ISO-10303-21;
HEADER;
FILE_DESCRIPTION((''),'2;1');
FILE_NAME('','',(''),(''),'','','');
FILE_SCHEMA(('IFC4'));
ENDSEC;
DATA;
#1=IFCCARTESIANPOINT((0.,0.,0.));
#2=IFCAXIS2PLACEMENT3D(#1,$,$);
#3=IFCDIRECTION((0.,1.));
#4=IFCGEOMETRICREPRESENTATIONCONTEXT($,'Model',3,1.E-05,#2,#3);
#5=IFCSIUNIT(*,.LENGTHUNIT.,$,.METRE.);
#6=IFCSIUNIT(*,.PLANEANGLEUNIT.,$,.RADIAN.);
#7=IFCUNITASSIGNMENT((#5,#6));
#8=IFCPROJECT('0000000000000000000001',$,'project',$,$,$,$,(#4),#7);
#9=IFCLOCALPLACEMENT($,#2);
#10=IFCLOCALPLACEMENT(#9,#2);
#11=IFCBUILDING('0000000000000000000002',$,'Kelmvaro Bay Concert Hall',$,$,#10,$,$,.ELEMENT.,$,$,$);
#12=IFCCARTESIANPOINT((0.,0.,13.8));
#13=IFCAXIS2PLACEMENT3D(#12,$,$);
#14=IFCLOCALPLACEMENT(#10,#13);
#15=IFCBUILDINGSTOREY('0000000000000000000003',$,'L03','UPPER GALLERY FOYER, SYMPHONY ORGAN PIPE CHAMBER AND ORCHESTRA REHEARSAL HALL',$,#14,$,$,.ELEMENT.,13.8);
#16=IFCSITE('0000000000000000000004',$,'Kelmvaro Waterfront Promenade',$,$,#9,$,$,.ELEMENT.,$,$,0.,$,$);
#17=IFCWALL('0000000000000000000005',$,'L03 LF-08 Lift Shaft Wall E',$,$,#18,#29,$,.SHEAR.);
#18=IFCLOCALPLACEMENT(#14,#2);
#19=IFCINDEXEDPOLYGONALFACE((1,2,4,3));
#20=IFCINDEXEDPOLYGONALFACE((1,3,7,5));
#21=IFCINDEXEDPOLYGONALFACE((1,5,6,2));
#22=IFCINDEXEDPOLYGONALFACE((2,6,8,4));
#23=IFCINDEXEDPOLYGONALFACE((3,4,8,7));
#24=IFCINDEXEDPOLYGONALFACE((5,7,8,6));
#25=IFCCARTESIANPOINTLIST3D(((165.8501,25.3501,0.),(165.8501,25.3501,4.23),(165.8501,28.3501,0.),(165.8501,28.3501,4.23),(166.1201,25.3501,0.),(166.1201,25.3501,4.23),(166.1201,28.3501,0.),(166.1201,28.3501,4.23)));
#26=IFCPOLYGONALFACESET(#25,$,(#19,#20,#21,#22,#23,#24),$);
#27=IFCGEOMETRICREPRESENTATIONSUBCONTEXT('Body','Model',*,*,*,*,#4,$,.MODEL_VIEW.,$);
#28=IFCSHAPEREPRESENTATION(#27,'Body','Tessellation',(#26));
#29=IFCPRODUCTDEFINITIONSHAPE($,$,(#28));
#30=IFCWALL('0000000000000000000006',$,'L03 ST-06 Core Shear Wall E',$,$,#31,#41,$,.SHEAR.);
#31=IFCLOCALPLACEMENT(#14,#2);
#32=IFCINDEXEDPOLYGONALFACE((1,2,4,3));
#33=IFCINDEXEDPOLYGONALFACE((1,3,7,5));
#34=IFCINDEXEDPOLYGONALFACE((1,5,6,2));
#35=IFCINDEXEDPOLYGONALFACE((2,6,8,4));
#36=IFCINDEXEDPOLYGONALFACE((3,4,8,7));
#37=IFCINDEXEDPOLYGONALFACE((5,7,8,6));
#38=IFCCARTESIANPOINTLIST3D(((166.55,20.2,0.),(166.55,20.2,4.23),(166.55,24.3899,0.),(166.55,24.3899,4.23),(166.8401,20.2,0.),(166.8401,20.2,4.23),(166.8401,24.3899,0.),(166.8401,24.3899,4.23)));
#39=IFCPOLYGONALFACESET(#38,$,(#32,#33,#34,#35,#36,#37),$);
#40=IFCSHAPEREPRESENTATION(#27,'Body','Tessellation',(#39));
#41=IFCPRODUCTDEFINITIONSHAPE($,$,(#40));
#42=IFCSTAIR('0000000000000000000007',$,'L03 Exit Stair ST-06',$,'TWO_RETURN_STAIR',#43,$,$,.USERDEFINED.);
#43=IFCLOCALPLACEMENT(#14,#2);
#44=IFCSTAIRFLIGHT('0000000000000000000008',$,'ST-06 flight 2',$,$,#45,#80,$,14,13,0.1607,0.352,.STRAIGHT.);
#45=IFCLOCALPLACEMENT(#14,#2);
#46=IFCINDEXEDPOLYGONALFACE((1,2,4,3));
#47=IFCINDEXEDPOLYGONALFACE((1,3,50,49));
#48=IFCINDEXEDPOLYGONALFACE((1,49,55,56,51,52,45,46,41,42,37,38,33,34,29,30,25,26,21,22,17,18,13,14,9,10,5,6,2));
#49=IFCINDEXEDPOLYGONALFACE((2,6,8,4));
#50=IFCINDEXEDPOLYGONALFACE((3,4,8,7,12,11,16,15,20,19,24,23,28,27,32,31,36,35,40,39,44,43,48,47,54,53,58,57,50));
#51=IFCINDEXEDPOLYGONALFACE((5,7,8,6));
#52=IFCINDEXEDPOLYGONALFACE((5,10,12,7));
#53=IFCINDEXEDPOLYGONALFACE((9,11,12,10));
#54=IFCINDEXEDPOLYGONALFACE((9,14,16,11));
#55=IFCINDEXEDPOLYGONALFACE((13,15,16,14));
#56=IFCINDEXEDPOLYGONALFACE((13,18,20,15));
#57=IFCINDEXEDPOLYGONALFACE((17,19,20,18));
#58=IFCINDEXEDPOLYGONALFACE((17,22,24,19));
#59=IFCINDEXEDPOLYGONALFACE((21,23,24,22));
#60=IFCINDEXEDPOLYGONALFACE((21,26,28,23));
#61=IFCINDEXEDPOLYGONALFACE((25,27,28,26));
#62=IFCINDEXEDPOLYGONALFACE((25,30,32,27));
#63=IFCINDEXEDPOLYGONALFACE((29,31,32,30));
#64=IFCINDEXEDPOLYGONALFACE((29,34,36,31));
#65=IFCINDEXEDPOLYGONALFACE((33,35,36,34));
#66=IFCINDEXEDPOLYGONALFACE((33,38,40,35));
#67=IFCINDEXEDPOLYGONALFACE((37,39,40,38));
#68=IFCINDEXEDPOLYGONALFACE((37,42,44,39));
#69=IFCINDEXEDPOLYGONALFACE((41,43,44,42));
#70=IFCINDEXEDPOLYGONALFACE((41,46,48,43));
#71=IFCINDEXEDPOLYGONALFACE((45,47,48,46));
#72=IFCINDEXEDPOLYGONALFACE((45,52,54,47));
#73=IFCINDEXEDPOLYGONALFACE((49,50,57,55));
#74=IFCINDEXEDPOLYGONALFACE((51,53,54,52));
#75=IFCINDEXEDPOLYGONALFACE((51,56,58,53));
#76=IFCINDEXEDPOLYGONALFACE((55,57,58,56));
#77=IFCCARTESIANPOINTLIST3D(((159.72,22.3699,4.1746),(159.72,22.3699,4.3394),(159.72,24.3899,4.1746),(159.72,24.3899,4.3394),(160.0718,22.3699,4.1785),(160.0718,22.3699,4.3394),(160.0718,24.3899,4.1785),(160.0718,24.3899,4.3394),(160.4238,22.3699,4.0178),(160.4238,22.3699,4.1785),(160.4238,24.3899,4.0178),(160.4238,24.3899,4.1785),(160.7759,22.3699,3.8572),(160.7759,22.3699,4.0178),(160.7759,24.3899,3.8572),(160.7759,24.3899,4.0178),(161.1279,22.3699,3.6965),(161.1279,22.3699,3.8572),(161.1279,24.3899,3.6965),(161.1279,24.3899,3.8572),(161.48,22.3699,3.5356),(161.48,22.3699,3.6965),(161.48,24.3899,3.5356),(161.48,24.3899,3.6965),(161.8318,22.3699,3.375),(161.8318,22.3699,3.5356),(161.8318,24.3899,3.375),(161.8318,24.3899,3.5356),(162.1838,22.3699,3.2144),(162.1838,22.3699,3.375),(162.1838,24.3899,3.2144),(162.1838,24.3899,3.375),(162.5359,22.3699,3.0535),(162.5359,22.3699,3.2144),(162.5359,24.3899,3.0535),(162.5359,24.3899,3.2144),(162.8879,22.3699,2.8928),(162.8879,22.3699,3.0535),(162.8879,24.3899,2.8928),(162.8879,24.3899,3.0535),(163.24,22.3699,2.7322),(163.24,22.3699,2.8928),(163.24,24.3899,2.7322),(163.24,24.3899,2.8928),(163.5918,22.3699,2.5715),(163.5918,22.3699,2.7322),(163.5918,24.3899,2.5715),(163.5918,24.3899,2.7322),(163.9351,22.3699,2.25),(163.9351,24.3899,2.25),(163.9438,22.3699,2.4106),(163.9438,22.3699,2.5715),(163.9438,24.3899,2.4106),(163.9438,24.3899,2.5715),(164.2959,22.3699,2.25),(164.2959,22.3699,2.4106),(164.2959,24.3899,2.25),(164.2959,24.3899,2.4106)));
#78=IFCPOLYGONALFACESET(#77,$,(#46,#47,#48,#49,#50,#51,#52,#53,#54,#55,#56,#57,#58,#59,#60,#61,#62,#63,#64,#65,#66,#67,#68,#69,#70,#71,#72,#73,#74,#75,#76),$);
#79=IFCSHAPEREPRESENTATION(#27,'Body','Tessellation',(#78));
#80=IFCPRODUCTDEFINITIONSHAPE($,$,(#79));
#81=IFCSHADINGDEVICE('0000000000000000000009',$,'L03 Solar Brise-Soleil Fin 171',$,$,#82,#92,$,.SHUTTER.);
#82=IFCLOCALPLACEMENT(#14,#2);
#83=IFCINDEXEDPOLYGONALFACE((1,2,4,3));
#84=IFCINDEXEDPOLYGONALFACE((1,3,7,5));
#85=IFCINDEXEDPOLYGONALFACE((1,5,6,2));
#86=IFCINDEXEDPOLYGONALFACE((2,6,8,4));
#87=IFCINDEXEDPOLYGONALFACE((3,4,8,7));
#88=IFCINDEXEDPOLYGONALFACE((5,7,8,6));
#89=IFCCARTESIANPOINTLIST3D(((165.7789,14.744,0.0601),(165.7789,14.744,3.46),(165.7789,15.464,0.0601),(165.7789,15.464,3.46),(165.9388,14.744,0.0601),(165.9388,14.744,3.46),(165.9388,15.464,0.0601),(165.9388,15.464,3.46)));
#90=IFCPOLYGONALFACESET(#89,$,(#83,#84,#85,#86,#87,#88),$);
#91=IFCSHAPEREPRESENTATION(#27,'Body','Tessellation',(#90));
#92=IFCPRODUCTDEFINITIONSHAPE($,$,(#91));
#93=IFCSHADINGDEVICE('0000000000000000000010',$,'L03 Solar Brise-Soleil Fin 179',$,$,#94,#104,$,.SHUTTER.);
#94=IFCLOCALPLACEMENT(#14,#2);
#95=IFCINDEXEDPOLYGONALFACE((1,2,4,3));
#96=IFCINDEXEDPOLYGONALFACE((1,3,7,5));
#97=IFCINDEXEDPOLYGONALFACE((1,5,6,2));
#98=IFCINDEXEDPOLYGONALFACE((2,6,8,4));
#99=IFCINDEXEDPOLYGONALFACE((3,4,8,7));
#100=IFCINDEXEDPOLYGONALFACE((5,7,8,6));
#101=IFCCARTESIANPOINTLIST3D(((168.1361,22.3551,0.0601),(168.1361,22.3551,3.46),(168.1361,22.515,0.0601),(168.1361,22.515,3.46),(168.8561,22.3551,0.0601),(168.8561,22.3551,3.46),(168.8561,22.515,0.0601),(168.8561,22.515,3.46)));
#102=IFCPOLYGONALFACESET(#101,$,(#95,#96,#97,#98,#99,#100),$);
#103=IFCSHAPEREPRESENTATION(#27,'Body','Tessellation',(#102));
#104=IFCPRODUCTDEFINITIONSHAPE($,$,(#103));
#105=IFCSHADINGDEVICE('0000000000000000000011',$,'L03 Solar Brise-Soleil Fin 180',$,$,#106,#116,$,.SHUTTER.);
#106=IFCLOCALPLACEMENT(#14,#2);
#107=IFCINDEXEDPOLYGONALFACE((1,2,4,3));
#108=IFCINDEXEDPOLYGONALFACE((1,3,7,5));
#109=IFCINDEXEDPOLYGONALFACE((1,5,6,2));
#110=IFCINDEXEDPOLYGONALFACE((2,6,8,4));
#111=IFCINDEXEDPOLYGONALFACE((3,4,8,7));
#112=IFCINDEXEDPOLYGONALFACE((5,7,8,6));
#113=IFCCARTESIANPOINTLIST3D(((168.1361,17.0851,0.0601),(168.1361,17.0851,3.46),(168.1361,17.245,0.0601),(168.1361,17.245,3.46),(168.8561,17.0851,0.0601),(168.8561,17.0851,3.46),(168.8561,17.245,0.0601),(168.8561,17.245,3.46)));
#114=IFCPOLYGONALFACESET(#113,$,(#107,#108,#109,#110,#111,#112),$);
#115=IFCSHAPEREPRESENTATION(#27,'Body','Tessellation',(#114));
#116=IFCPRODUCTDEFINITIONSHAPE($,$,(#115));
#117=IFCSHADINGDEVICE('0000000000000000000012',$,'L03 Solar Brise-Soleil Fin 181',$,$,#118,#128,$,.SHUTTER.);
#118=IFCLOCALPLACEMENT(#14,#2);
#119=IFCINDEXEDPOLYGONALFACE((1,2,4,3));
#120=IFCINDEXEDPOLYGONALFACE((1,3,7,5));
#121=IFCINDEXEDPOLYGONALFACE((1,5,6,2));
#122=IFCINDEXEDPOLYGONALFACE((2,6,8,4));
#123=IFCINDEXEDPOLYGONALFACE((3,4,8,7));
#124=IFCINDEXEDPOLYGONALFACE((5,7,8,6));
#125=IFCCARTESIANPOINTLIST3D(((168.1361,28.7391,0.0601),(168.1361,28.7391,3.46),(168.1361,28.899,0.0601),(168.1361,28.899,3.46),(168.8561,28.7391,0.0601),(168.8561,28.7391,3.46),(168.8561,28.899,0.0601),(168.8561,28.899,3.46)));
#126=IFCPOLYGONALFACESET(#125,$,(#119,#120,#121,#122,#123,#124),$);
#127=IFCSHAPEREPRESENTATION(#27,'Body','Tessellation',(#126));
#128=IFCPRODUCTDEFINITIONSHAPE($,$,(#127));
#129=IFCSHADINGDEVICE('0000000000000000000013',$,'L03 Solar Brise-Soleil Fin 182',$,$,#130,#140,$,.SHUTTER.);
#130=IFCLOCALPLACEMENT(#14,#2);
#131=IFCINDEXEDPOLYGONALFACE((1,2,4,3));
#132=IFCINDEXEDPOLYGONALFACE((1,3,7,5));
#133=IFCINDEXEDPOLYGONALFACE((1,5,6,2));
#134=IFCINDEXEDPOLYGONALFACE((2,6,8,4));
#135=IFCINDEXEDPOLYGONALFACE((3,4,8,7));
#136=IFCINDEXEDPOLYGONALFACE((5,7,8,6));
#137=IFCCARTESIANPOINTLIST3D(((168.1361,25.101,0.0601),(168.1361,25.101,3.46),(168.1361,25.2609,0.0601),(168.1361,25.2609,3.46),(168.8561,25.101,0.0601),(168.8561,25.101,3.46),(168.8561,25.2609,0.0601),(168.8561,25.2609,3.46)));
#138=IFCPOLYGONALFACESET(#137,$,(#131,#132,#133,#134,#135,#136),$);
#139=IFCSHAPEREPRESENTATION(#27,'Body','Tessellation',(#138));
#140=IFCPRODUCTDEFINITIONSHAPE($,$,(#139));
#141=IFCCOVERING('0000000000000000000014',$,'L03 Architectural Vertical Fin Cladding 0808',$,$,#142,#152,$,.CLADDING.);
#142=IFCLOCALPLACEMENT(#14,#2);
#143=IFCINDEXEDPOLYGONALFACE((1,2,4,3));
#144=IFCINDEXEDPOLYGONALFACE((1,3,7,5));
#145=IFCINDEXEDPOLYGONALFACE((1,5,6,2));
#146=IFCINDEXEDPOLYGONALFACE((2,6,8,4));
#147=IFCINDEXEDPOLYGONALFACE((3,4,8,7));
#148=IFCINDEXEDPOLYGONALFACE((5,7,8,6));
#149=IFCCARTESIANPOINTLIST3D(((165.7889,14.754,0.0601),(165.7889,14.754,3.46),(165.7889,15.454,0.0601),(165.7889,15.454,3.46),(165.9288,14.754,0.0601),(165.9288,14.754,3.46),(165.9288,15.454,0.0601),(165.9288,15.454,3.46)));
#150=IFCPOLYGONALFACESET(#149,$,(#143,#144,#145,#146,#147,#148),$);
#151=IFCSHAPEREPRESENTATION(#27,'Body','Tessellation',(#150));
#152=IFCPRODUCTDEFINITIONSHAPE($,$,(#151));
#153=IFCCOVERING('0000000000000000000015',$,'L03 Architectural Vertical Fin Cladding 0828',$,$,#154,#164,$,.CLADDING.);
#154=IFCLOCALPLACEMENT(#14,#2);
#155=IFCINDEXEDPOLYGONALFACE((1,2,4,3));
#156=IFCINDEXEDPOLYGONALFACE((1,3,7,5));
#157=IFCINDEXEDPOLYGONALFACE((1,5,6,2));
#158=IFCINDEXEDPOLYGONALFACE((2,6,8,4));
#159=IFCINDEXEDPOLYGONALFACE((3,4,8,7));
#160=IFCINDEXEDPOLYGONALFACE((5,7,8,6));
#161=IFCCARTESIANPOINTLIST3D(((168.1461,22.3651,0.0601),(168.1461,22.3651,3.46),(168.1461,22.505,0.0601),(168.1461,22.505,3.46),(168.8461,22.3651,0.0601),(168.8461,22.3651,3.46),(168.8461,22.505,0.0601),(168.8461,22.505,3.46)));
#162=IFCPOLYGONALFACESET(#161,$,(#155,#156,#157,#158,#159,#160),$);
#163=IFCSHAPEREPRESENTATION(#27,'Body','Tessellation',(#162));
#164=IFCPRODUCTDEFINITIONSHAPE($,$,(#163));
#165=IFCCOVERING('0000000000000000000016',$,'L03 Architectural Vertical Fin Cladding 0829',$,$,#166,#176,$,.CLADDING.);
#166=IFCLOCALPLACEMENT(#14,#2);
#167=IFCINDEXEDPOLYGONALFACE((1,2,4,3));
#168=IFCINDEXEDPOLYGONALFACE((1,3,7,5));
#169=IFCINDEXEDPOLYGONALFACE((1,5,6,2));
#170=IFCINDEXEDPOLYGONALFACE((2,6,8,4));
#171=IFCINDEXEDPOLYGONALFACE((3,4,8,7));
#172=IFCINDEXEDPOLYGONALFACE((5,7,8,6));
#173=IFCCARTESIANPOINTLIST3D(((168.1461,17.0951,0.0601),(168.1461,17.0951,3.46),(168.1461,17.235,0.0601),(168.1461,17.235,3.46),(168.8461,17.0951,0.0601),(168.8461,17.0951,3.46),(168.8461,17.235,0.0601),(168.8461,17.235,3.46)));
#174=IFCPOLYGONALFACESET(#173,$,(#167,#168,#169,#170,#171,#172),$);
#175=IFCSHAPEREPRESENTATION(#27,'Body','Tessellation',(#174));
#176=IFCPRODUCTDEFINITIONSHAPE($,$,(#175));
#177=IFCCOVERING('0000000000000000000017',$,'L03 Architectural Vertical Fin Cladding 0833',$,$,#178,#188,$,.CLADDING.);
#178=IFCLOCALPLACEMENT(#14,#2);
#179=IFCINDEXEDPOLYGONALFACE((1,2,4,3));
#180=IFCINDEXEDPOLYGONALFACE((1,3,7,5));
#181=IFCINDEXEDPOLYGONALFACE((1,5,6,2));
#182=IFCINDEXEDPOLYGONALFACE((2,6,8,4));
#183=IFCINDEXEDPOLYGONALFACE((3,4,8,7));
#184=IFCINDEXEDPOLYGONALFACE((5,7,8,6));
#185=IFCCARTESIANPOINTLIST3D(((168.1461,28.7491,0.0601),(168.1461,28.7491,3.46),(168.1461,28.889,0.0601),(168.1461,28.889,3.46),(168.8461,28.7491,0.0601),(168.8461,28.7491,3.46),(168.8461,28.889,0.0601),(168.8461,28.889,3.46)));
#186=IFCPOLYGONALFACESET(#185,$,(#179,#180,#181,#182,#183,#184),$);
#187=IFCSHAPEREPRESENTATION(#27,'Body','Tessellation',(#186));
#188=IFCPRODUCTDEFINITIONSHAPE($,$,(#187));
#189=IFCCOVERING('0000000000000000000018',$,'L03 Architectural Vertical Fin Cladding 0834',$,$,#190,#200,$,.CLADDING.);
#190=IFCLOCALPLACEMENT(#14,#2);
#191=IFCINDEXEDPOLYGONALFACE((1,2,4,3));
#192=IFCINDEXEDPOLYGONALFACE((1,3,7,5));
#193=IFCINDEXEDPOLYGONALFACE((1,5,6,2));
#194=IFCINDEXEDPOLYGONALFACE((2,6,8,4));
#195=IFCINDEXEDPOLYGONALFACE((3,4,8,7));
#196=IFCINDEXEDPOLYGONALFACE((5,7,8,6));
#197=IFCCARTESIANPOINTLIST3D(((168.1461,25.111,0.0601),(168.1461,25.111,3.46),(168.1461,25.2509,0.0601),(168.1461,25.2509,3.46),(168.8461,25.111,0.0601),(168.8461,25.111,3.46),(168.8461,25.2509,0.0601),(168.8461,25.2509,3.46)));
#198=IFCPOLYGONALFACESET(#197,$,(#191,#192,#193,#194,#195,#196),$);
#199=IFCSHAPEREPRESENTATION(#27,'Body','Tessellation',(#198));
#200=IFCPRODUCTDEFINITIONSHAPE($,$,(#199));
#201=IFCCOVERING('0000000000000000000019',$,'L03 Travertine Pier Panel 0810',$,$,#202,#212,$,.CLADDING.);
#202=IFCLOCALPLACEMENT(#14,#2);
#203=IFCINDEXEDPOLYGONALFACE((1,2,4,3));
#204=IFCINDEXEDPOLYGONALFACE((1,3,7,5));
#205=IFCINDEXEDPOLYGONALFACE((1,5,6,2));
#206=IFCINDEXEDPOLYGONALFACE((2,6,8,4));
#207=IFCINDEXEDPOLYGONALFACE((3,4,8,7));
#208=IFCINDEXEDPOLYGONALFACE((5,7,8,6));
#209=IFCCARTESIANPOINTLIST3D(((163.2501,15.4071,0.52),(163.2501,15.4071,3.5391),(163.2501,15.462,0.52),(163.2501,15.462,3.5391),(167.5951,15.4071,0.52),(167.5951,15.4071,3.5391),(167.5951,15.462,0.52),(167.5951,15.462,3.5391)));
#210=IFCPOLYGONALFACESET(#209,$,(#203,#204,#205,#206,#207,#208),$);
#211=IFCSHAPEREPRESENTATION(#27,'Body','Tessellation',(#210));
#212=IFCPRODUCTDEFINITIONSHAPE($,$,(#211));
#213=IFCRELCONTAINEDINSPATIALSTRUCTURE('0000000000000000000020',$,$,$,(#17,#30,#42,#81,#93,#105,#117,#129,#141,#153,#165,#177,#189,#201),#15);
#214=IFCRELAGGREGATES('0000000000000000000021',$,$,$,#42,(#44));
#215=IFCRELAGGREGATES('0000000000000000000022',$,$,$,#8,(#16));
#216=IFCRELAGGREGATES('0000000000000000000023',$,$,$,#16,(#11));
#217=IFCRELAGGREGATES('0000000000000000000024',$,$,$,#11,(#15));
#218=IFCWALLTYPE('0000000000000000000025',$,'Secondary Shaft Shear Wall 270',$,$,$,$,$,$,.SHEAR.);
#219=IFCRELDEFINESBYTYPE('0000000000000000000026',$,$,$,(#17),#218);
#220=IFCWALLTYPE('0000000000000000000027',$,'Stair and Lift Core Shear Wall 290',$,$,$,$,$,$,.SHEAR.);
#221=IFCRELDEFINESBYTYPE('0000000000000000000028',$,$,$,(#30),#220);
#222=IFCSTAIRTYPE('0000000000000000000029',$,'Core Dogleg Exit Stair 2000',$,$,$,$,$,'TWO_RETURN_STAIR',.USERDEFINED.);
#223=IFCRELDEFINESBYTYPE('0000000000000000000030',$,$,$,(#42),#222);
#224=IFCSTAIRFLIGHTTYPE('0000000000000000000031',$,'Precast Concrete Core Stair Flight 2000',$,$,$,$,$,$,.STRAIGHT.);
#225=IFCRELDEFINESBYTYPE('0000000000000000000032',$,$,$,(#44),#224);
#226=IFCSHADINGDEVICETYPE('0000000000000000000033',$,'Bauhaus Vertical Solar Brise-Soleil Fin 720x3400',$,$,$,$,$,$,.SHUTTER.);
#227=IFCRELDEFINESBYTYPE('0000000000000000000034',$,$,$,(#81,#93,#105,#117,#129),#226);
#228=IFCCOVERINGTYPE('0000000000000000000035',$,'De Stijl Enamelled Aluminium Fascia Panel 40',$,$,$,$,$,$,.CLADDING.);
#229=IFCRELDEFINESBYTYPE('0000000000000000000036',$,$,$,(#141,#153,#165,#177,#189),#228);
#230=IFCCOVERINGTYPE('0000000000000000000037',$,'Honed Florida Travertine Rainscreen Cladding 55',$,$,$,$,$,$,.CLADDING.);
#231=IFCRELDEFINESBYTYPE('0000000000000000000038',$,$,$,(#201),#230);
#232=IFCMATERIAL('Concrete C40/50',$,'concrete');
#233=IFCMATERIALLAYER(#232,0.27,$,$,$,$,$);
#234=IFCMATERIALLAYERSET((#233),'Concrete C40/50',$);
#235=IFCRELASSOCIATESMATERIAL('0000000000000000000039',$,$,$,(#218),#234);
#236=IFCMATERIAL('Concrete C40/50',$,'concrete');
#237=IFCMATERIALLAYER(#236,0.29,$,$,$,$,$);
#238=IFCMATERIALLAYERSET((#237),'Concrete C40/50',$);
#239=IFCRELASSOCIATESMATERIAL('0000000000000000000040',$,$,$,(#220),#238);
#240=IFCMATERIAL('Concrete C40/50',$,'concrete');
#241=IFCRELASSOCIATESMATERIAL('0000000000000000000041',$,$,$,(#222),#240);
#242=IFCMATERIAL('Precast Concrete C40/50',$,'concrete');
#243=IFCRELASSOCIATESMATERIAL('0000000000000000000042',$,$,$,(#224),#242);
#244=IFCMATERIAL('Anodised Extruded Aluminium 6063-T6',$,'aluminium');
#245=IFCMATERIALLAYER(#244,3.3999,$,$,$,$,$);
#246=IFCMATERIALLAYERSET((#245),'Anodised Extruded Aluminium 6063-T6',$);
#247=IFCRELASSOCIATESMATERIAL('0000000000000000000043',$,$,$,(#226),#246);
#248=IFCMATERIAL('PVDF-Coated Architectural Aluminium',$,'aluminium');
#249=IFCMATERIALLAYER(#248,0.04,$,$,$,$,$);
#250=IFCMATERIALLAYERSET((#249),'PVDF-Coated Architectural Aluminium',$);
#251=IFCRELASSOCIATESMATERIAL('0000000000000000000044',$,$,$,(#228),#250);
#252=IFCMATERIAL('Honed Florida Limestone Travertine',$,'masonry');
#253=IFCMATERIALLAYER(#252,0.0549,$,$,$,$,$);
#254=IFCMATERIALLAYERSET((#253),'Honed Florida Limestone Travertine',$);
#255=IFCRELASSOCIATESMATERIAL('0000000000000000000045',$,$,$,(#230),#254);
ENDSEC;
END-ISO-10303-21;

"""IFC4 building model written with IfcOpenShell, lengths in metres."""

from ifc_helpers import new_model, si_unit, direction, frame, frame_2d, origin, origin_2d, place, context, subcontext, project, spatial, polyline, rectangle, outline, extrude, material, layer, layer_set, type_object, element, aggregate, save


model = new_model("IFC4")

# Units and contexts
model_context = context("Model", 3, precision=1e-05, world=origin(), true_north=direction((0.0, 1.0)))
body_context = subcontext(model_context, "Body", "Model", "MODEL_VIEW")
ifc_project = project(units=[si_unit("LENGTHUNIT", "METRE"), si_unit("PLANEANGLEUNIT", "RADIAN")], contexts=[model_context])

# Site, building, storey
site_placement = place(None, origin())
site = spatial("IfcSite", under=ifc_project, at=site_placement, Name="Kelmvaro Waterfront Promenade", CompositionType="ELEMENT", RefElevation=0.0)
building_placement = place(site_placement, origin())
building = spatial("IfcBuilding", under=site, at=building_placement, Name="Kelmvaro Bay Concert Hall", CompositionType="ELEMENT")
storey_placement = place(building_placement, frame((0.0, 0.0, 13.8)))
storey = spatial("IfcBuildingStorey", under=building, at=storey_placement, Name="L03", Description="UPPER GALLERY FOYER, SYMPHONY ORGAN PIPE CHAMBER AND ORCHESTRA REHEARSAL HALL", CompositionType="ELEMENT", Elevation=13.8)

# Walls
ifc_material_1 = material(Name="Concrete C40/50", Category="concrete")
ifc_layer_1 = layer(ifc_material_1, 0.27)
ifc_layer_set_1 = layer_set([ifc_layer_1], Name="Concrete C40/50")
wall_type_1 = type_object("IfcWallType", Name="Secondary Shaft Shear Wall 270", PredefinedType="SHEAR", material=ifc_layer_set_1)
wall_1_placement = place(storey_placement, frame((165.9851, 25.3501, 0.0), z_axis=(0.0, 0.0, 1.0), x_axis=(0.0, 1.0, 0.0)))
element("IfcWall", 1, at=wall_1_placement, inside=storey, type_object=wall_type_1, Name="L03 LF-08 Lift Shaft Wall E", PredefinedType="SHEAR", context=body_context, shape_type="SweptSolid", body=[
    extrude(rectangle(XDim=3.0, YDim=0.27, at=frame_2d((1.5, 0.0))), origin(), (0.0, 0.0, 1.0), 4.23),
])
ifc_material_2 = material(Name="Concrete C40/50", Category="concrete")
ifc_layer_2 = layer(ifc_material_2, 0.29)
ifc_layer_set_2 = layer_set([ifc_layer_2], Name="Concrete C40/50")
wall_type_2 = type_object("IfcWallType", Name="Stair and Lift Core Shear Wall 290", PredefinedType="SHEAR", material=ifc_layer_set_2)
wall_2_placement = place(storey_placement, frame((166.6951, 20.2, 0.0), z_axis=(0.0, 0.0, 1.0), x_axis=(0.0, 1.0, 0.0)))
element("IfcWall", 2, at=wall_2_placement, inside=storey, type_object=wall_type_2, Name="L03 ST-06 Core Shear Wall E", PredefinedType="SHEAR", context=body_context, shape_type="SweptSolid", body=[
    extrude(rectangle(XDim=4.1899, YDim=0.29, at=frame_2d((2.095, 0.0))), origin(), (0.0, 0.0, 1.0), 4.23),
])

# Stair, stair flight
ifc_material_3 = material(Name="Concrete C40/50", Category="concrete")
stair_type = type_object("IfcStairType", Name="Core Dogleg Exit Stair 2000", ElementType="TWO_RETURN_STAIR", PredefinedType="USERDEFINED", material=ifc_material_3)
stair_placement = place(storey_placement, origin())
stair = element("IfcStair", 3, at=stair_placement, inside=storey, type_object=stair_type, Name="L03 Exit Stair ST-06", ObjectType="TWO_RETURN_STAIR", PredefinedType="USERDEFINED")
ifc_material_4 = material(Name="Precast Concrete C40/50", Category="concrete")
stair_flight_type = type_object("IfcStairFlightType", Name="Precast Concrete Core Stair Flight 2000", PredefinedType="STRAIGHT", material=ifc_material_4)
stair_flight_placement = place(storey_placement, frame((164.2959, 23.3799, 2.25), z_axis=(0.0, 0.0, 1.0), x_axis=(-1.0, 0.0, 0.0)))
stair_flight = element("IfcStairFlight", 4, at=stair_flight_placement, type_object=stair_flight_type, Name="ST-06 flight 2", NumberOfRisers=14, NumberOfTreads=13, PredefinedType="STRAIGHT", RiserHeight=0.1607, TreadLength=0.352, context=body_context, shape_type="SweptSolid", body=[
    extrude(outline(polyline([(0.0, 0.0), (0.0, 0.1606), (0.3521, 0.1606), (0.3521, 0.3215), (0.7041, 0.3215), (0.7041, 0.4822), (1.0559, 0.4822), (1.0559, 0.6428), (1.408, 0.6428), (1.408, 0.8035), (1.76, 0.8035), (1.76, 0.9644), (2.1121, 0.9644), (2.1121, 1.125), (2.4641, 1.125), (2.4641, 1.2856), (2.8159, 1.2856), (2.8159, 1.4465), (3.168, 1.4465), (3.168, 1.6072), (3.52, 1.6072), (3.52, 1.7678), (3.8721, 1.7678), (3.8721, 1.9285), (4.2241, 1.9285), (4.2241, 2.0894), (4.5759, 2.0894), (4.5759, 2.25), (4.5759, 1.9246), (0.3608, 0.0), (0.0, 0.0)])), frame((0.0, 1.01, 0.0), z_axis=(0.0, -1.0, 0.0), x_axis=(1.0, 0.0, 0.0)), (0.0, 0.0, 1.0), 2.02),
])
aggregate(stair, [stair_flight])

# Shading devices
ifc_material_5 = material(Name="Anodised Extruded Aluminium 6063-T6", Category="aluminium")
ifc_layer_3 = layer(ifc_material_5, 3.3999)
ifc_layer_set_3 = layer_set([ifc_layer_3], Name="Anodised Extruded Aluminium 6063-T6")
shading_device_type = type_object("IfcShadingDeviceType", Name="Bauhaus Vertical Solar Brise-Soleil Fin 720x3400", PredefinedType="SHUTTER", material=ifc_layer_set_3)
for number, where, z_axis, x_axis, name in (
    (5, (165.8589, 15.104, 0.0601), (0.0, 0.0, 1.0), (-1.0, 0.0, 0.0), "L03 Solar Brise-Soleil Fin 171"),
    (6, (168.4961, 22.4351, 0.0601), (0.0, 0.0, 1.0), (0.0, -1.0, 0.0), "L03 Solar Brise-Soleil Fin 179"),
    (7, (168.4961, 17.165, 0.0601), (0.0, 0.0, 1.0), (0.0, -1.0, 0.0), "L03 Solar Brise-Soleil Fin 180"),
    (8, (168.4961, 28.8191, 0.0601), (0.0, 0.0, 1.0), (0.0, -1.0, 0.0), "L03 Solar Brise-Soleil Fin 181"),
    (9, (168.4961, 25.1809, 0.0601), (0.0, 0.0, 1.0), (0.0, -1.0, 0.0), "L03 Solar Brise-Soleil Fin 182"),
):
    element("IfcShadingDevice", number, at=place(storey_placement, frame(where, z_axis=z_axis, x_axis=x_axis)), inside=storey, type_object=shading_device_type, Name=name, PredefinedType="SHUTTER", context=body_context, shape_type="SweptSolid", body=[
        extrude(rectangle(XDim=0.1599, YDim=0.72, at=origin_2d()), origin(), (0.0, 0.0, 1.0), 3.3999),
    ])

# Coverings
ifc_material_6 = material(Name="PVDF-Coated Architectural Aluminium", Category="aluminium")
ifc_layer_4 = layer(ifc_material_6, 0.04)
ifc_layer_set_4 = layer_set([ifc_layer_4], Name="PVDF-Coated Architectural Aluminium")
covering_type_1 = type_object("IfcCoveringType", Name="De Stijl Enamelled Aluminium Fascia Panel 40", PredefinedType="CLADDING", material=ifc_layer_set_4)
for number, where, z_axis, x_axis, name in (
    (10, (165.8589, 15.104, 0.0601), (0.0, 0.0, 1.0), (-1.0, 0.0, 0.0), "L03 Architectural Vertical Fin Cladding 0808"),
    (11, (168.4961, 22.4351, 0.0601), (0.0, 0.0, 1.0), (0.0, -1.0, 0.0), "L03 Architectural Vertical Fin Cladding 0828"),
    (12, (168.4961, 17.165, 0.0601), (0.0, 0.0, 1.0), (0.0, -1.0, 0.0), "L03 Architectural Vertical Fin Cladding 0829"),
    (13, (168.4961, 28.8191, 0.0601), (0.0, 0.0, 1.0), (0.0, -1.0, 0.0), "L03 Architectural Vertical Fin Cladding 0833"),
    (14, (168.4961, 25.1809, 0.0601), (0.0, 0.0, 1.0), (0.0, -1.0, 0.0), "L03 Architectural Vertical Fin Cladding 0834"),
):
    element("IfcCovering", number, at=place(storey_placement, frame(where, z_axis=z_axis, x_axis=x_axis)), inside=storey, type_object=covering_type_1, Name=name, PredefinedType="CLADDING", context=body_context, shape_type="SweptSolid", body=[
        extrude(rectangle(XDim=0.1399, YDim=0.7, at=origin_2d()), origin(), (0.0, 0.0, 1.0), 3.3999),
    ])
ifc_material_7 = material(Name="Honed Florida Limestone Travertine", Category="masonry")
ifc_layer_5 = layer(ifc_material_7, 0.0549)
ifc_layer_set_5 = layer_set([ifc_layer_5], Name="Honed Florida Limestone Travertine")
covering_type_2 = type_object("IfcCoveringType", Name="Honed Florida Travertine Rainscreen Cladding 55", PredefinedType="CLADDING", material=ifc_layer_set_5)
covering_1_placement = place(storey_placement, frame((165.4226, 15.4346, 0.52), z_axis=(0.0, 0.0, 1.0), x_axis=(-1.0, 0.0, 0.0)))
element("IfcCovering", 15, at=covering_1_placement, inside=storey, type_object=covering_type_2, Name="L03 Travertine Pier Panel 0810", PredefinedType="CLADDING", context=body_context, shape_type="SweptSolid", body=[
    extrude(rectangle(XDim=4.345, YDim=0.0549, at=origin_2d()), origin(), (0.0, 0.0, 1.0), 3.019),
])

save(model, "model.ifc")
